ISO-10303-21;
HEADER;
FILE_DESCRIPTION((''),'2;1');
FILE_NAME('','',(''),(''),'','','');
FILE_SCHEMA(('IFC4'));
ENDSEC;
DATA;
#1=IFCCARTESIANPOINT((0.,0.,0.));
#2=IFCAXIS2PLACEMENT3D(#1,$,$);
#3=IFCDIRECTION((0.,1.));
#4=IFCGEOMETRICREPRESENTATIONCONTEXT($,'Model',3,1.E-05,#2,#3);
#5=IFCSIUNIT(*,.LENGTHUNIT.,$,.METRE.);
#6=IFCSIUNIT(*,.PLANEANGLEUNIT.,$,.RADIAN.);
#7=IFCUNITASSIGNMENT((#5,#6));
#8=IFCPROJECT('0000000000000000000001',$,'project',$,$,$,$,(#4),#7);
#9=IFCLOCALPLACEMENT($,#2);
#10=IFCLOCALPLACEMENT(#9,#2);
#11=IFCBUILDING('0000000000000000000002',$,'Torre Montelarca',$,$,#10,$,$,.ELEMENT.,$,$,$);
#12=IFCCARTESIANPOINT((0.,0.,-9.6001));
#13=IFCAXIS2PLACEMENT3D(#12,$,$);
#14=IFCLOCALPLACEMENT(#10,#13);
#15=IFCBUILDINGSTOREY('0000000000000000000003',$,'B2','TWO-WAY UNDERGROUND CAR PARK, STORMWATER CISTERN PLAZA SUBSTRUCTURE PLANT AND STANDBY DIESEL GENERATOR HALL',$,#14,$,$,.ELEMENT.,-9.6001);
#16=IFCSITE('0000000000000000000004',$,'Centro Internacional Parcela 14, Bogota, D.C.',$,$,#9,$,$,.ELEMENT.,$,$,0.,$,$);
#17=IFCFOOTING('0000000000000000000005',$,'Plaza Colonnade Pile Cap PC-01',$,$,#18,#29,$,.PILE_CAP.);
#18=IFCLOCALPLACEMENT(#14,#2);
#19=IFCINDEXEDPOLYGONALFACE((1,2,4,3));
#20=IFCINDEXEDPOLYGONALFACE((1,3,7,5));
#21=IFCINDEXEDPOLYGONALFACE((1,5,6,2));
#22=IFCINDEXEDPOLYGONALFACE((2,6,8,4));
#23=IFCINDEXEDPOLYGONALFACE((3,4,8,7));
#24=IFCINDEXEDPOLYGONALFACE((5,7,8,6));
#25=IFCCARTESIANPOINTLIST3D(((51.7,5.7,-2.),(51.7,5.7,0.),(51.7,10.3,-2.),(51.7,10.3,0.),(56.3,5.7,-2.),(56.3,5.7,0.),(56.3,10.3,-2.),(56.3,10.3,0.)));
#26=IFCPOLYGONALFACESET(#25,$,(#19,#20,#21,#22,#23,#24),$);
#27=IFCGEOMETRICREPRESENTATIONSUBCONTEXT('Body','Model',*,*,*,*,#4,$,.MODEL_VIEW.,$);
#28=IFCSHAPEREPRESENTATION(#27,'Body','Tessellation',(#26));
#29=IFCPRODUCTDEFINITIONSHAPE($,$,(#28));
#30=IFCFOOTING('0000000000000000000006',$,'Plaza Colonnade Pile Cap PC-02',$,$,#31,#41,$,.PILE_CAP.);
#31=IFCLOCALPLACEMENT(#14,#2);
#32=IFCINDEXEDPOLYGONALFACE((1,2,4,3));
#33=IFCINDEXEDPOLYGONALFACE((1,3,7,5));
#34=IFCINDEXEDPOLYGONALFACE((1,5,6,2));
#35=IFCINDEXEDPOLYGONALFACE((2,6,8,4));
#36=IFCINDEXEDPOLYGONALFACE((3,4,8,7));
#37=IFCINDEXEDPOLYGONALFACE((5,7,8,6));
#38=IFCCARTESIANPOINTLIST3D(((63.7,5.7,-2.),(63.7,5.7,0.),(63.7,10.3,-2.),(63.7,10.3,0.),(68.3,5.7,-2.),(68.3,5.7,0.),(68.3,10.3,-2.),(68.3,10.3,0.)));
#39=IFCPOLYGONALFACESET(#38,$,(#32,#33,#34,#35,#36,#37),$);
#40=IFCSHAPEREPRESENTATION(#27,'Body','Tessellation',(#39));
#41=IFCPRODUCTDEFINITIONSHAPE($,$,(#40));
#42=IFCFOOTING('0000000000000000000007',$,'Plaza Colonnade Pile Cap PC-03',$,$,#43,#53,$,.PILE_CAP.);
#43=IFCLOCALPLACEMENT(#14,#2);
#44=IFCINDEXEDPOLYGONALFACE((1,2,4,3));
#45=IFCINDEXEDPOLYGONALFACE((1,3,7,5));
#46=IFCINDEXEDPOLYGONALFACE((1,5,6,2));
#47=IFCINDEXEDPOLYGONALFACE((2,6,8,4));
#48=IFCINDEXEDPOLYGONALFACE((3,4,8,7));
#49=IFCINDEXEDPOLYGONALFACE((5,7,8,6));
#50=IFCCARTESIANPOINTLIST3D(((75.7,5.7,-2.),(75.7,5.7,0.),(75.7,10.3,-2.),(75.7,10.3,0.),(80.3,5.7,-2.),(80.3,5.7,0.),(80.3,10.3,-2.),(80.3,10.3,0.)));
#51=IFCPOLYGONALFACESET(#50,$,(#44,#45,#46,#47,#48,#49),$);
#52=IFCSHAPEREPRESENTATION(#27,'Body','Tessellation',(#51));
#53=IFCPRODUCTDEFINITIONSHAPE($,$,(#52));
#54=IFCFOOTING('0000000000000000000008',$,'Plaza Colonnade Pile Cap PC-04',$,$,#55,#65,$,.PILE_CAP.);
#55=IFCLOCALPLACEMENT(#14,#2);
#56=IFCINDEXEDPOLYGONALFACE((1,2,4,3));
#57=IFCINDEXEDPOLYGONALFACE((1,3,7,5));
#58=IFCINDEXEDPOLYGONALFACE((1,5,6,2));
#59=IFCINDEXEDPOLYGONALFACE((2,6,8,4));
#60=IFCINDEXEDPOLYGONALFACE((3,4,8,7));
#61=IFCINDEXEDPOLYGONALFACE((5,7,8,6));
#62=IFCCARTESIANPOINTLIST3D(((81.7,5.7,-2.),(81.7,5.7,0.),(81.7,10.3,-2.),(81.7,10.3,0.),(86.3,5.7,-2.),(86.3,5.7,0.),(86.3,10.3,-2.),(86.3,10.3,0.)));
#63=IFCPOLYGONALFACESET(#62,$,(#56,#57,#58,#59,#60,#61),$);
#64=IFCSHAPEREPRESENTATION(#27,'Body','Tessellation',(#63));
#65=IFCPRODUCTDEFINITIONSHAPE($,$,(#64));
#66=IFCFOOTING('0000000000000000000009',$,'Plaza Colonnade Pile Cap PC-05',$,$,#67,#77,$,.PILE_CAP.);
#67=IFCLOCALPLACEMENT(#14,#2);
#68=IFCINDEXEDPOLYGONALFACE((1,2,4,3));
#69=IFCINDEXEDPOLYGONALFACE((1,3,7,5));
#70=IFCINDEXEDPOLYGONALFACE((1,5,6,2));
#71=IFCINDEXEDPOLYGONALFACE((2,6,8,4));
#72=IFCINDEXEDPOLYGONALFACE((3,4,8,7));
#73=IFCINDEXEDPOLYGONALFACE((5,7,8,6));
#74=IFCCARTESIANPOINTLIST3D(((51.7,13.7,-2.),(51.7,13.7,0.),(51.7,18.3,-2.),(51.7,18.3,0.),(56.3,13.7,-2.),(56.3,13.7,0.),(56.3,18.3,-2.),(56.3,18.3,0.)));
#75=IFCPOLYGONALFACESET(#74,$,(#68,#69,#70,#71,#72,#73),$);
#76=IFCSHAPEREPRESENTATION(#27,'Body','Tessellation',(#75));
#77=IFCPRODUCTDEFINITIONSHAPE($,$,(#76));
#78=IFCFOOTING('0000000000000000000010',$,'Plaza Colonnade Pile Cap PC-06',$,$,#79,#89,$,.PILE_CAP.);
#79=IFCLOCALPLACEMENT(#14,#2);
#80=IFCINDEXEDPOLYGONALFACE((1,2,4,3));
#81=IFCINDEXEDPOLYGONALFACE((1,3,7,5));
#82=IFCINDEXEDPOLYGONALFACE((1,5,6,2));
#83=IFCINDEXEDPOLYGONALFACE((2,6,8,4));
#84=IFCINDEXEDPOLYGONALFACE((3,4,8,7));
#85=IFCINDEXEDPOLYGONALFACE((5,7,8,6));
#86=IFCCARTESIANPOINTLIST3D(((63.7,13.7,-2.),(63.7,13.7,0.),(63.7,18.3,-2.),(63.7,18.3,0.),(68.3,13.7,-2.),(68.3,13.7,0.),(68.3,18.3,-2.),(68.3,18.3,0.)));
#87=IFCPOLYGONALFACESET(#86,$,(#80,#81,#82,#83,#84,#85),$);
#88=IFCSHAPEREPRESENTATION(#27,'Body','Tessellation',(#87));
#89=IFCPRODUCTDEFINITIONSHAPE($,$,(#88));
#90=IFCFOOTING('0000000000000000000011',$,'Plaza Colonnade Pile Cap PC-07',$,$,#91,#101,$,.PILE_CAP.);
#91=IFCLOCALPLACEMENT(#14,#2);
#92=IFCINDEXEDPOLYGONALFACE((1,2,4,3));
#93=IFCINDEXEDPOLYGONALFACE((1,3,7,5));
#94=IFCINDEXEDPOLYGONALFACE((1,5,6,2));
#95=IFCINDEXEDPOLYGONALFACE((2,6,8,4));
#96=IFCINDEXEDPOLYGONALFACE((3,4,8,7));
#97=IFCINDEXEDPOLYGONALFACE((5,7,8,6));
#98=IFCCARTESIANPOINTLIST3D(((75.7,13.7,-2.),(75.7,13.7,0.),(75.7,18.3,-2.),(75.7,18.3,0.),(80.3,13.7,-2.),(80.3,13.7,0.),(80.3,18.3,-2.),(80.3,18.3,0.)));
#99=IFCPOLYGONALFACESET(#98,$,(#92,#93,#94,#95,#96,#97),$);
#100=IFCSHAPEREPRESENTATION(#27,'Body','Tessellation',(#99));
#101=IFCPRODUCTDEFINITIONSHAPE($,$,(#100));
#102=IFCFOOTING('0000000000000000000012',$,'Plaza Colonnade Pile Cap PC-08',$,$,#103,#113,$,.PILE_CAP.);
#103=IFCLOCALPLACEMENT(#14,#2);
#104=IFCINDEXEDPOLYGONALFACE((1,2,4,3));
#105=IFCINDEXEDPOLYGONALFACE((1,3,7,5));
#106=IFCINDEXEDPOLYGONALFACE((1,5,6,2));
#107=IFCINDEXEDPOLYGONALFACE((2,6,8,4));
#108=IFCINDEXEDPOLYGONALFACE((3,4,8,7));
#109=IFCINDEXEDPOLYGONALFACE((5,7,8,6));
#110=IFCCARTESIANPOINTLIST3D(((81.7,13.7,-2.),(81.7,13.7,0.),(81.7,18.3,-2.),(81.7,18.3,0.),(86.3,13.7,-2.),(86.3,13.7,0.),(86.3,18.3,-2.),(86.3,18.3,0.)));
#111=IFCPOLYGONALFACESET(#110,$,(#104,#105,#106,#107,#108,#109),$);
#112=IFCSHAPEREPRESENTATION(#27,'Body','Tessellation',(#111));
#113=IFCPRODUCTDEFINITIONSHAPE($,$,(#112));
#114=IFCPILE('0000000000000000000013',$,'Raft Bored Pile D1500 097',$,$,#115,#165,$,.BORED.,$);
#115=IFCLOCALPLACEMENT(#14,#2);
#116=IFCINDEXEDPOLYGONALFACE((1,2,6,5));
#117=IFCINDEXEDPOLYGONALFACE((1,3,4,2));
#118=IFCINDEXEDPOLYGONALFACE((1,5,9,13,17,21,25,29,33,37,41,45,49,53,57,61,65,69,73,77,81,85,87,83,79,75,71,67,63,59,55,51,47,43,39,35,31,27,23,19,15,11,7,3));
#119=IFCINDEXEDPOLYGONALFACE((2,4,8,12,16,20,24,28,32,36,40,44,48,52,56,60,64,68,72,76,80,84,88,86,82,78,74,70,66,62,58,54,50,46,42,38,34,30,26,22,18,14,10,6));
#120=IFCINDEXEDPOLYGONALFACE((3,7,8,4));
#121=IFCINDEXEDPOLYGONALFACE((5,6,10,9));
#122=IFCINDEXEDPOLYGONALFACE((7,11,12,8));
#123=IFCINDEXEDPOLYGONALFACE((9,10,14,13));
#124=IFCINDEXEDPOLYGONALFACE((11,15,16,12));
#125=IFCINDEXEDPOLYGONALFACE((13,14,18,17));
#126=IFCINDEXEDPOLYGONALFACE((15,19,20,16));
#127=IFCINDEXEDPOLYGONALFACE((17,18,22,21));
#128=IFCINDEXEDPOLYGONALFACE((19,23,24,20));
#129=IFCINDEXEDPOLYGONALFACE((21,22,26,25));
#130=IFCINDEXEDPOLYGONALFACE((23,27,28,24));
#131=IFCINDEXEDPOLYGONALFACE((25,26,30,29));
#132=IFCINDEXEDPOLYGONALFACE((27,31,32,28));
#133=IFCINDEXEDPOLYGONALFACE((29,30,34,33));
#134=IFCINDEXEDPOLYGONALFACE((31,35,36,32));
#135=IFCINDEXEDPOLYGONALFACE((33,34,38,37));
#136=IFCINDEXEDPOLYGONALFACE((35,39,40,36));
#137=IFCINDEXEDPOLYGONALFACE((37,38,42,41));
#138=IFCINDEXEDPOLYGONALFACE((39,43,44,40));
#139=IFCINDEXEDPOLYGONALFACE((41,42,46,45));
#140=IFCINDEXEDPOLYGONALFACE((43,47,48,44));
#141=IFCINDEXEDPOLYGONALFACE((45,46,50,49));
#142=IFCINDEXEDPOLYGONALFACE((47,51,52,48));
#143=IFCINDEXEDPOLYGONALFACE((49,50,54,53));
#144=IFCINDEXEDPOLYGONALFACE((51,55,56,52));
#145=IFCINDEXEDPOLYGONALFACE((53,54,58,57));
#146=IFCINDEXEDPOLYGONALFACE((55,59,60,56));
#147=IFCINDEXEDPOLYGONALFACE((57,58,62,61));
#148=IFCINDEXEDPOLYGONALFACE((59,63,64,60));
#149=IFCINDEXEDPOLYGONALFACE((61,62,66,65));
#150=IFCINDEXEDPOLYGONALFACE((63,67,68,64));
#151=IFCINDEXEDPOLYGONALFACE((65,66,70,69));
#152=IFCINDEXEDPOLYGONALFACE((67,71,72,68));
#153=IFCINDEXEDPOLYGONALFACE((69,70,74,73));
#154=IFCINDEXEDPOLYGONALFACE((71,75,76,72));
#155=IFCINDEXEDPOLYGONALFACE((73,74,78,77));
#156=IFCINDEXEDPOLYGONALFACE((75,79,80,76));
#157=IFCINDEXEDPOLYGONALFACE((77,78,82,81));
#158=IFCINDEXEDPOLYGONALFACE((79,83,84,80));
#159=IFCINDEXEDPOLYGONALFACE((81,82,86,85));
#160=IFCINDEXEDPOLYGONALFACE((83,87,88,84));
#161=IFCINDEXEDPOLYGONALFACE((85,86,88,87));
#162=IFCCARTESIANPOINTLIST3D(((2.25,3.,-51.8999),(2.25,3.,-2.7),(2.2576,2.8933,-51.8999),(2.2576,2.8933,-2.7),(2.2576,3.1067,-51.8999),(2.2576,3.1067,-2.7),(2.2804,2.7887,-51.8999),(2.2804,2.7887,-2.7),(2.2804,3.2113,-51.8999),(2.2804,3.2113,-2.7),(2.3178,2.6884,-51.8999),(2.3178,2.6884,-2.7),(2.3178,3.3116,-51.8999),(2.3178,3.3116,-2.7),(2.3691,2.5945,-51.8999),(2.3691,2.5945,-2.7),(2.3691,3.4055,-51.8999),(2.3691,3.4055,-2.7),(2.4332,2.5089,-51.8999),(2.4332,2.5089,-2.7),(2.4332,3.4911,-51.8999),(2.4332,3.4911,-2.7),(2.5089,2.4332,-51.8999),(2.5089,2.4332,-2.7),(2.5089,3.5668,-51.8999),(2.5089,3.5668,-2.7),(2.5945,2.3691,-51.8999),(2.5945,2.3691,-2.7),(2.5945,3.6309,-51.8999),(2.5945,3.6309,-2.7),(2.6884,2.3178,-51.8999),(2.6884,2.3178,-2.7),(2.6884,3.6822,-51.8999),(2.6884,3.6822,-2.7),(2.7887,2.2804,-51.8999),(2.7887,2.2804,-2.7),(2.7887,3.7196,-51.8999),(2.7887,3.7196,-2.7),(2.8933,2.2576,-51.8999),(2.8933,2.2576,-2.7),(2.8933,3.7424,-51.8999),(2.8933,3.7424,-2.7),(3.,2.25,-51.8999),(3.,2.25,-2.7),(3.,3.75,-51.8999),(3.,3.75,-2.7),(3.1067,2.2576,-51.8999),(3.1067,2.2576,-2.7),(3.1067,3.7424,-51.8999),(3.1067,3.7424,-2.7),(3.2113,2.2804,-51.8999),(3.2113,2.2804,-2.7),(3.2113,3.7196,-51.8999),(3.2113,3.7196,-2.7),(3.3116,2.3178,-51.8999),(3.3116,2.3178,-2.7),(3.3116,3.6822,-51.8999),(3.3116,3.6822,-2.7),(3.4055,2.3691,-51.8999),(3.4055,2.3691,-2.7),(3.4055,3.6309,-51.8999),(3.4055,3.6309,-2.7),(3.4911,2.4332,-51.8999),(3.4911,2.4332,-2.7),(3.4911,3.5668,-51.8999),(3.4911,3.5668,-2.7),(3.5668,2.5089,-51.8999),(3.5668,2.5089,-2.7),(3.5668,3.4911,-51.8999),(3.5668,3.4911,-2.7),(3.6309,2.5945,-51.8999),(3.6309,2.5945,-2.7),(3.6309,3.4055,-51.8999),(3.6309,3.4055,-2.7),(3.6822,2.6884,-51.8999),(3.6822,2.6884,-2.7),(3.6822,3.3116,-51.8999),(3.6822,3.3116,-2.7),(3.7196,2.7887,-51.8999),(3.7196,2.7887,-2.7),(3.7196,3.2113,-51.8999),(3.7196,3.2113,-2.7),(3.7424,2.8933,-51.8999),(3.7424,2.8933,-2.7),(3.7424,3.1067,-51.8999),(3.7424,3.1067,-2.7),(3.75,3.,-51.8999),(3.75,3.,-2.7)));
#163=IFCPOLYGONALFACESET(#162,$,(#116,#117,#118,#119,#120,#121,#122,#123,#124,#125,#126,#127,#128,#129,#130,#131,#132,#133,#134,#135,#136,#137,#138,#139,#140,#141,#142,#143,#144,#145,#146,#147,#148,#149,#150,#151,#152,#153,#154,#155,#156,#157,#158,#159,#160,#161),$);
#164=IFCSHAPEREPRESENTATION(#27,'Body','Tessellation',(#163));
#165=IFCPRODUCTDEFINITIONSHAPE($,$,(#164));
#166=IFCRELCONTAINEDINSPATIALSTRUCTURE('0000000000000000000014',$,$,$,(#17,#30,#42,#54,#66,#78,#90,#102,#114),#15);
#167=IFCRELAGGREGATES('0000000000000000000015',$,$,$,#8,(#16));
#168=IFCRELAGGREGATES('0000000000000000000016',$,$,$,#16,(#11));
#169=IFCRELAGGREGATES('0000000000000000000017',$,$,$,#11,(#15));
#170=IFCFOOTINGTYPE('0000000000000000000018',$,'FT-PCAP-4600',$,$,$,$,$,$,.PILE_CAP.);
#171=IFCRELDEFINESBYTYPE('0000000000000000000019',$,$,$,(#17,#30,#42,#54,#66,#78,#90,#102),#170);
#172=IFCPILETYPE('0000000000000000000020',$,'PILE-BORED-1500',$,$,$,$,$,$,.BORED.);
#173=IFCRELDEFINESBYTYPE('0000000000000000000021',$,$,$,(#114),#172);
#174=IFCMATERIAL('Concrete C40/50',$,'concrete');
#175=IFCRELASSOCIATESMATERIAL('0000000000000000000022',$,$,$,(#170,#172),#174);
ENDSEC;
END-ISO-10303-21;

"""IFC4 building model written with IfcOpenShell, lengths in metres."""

from ifc_helpers import new_model, si_unit, direction, frame, origin, origin_2d, place, context, subcontext, project, spatial, polyline, circle, outline, extrude, source, transform, mapped, material, material_profile, profile_set, type_object, element, save


model = new_model("IFC4")

# Units and contexts
model_context = context("Model", 3, precision=1e-05, world=origin(), true_north=direction((0.0, 1.0)))
body_context = subcontext(model_context, "Body", "Model", "MODEL_VIEW")
ifc_project = project(units=[si_unit("LENGTHUNIT", "METRE"), si_unit("PLANEANGLEUNIT", "RADIAN")], contexts=[model_context])

# Site, building, storey
site_placement = place(None, origin())
site = spatial("IfcSite", under=ifc_project, at=site_placement, Name="Centro Internacional Parcela 14, Bogota, D.C.", CompositionType="ELEMENT", RefElevation=0.0)
building_placement = place(site_placement, origin())
building = spatial("IfcBuilding", under=site, at=building_placement, Name="Torre Montelarca", CompositionType="ELEMENT")
storey_placement = place(building_placement, frame((0.0, 0.0, -9.6001)))
storey = spatial("IfcBuildingStorey", under=building, at=storey_placement, Name="B2", Description="TWO-WAY UNDERGROUND CAR PARK, STORMWATER CISTERN PLAZA SUBSTRUCTURE PLANT AND STANDBY DIESEL GENERATOR HALL", CompositionType="ELEMENT", Elevation=-9.6001)

# Footings
ifc_material_1 = material(Name="Concrete C40/50", Category="concrete")
footing_type = type_object("IfcFootingType", Name="FT-PCAP-4600", PredefinedType="PILE_CAP", material=ifc_material_1)
footing_1_placement = place(storey_placement, frame((0.0, 0.0, -2.0)))
element("IfcFooting", 1, at=footing_1_placement, inside=storey, type_object=footing_type, Name="Plaza Colonnade Pile Cap PC-01", PredefinedType="PILE_CAP", context=body_context, shape_type="SweptSolid", body=[
    extrude(outline(polyline([(51.7, 5.7), (56.3, 5.7), (56.3, 10.3), (51.7, 10.3), (51.7, 5.7)])), origin(), (0.0, 0.0, 1.0), 2.0),
])
footing_2_placement = place(storey_placement, frame((0.0, 0.0, -2.0)))
element("IfcFooting", 2, at=footing_2_placement, inside=storey, type_object=footing_type, Name="Plaza Colonnade Pile Cap PC-02", PredefinedType="PILE_CAP", context=body_context, shape_type="SweptSolid", body=[
    extrude(outline(polyline([(63.7, 5.7), (68.3, 5.7), (68.3, 10.3), (63.7, 10.3), (63.7, 5.7)])), origin(), (0.0, 0.0, 1.0), 2.0),
])
footing_3_placement = place(storey_placement, frame((0.0, 0.0, -2.0)))
element("IfcFooting", 3, at=footing_3_placement, inside=storey, type_object=footing_type, Name="Plaza Colonnade Pile Cap PC-03", PredefinedType="PILE_CAP", context=body_context, shape_type="SweptSolid", body=[
    extrude(outline(polyline([(75.7, 5.7), (80.3, 5.7), (80.3, 10.3), (75.7, 10.3), (75.7, 5.7)])), origin(), (0.0, 0.0, 1.0), 2.0),
])
footing_4_placement = place(storey_placement, frame((0.0, 0.0, -2.0)))
element("IfcFooting", 4, at=footing_4_placement, inside=storey, type_object=footing_type, Name="Plaza Colonnade Pile Cap PC-04", PredefinedType="PILE_CAP", context=body_context, shape_type="SweptSolid", body=[
    extrude(outline(polyline([(81.7, 5.7), (86.3, 5.7), (86.3, 10.3), (81.7, 10.3), (81.7, 5.7)])), origin(), (0.0, 0.0, 1.0), 2.0),
])
footing_5_placement = place(storey_placement, frame((0.0, 0.0, -2.0)))
element("IfcFooting", 5, at=footing_5_placement, inside=storey, type_object=footing_type, Name="Plaza Colonnade Pile Cap PC-05", PredefinedType="PILE_CAP", context=body_context, shape_type="SweptSolid", body=[
    extrude(outline(polyline([(51.7, 13.7), (56.3, 13.7), (56.3, 18.3), (51.7, 18.3), (51.7, 13.7)])), origin(), (0.0, 0.0, 1.0), 2.0),
])
footing_6_placement = place(storey_placement, frame((0.0, 0.0, -2.0)))
element("IfcFooting", 6, at=footing_6_placement, inside=storey, type_object=footing_type, Name="Plaza Colonnade Pile Cap PC-06", PredefinedType="PILE_CAP", context=body_context, shape_type="SweptSolid", body=[
    extrude(outline(polyline([(63.7, 13.7), (68.3, 13.7), (68.3, 18.3), (63.7, 18.3), (63.7, 13.7)])), origin(), (0.0, 0.0, 1.0), 2.0),
])
footing_7_placement = place(storey_placement, frame((0.0, 0.0, -2.0)))
element("IfcFooting", 7, at=footing_7_placement, inside=storey, type_object=footing_type, Name="Plaza Colonnade Pile Cap PC-07", PredefinedType="PILE_CAP", context=body_context, shape_type="SweptSolid", body=[
    extrude(outline(polyline([(75.7, 13.7), (80.3, 13.7), (80.3, 18.3), (75.7, 18.3), (75.7, 13.7)])), origin(), (0.0, 0.0, 1.0), 2.0),
])
footing_8_placement = place(storey_placement, frame((0.0, 0.0, -2.0)))
element("IfcFooting", 8, at=footing_8_placement, inside=storey, type_object=footing_type, Name="Plaza Colonnade Pile Cap PC-08", PredefinedType="PILE_CAP", context=body_context, shape_type="SweptSolid", body=[
    extrude(outline(polyline([(81.7, 13.7), (86.3, 13.7), (86.3, 18.3), (81.7, 18.3), (81.7, 13.7)])), origin(), (0.0, 0.0, 1.0), 2.0),
])

# Pile
ifc_material_profile_1 = material_profile(ifc_material_1, circle(Radius=0.75, at=origin_2d()), Name="PILE-D1500", Category="concrete")
ifc_profile_set_1 = profile_set([ifc_material_profile_1], Name="Concrete C40/50")
pile_type = type_object("IfcPileType", Name="PILE-BORED-1500", PredefinedType="BORED", material=ifc_profile_set_1)
shared_shape_1 = source(origin(), body_context, "Body", "SweptSolid", [
    extrude(circle(Radius=0.75, at=origin_2d()), origin(), (0.0, 0.0, 1.0), 49.2),
])
for number, where, z_axis, x_axis, name in (
    (9, (3.0, 3.0, -2.7), (0.0, 0.0, -1.0), (1.0, 0.0, 0.0), "Raft Bored Pile D1500 097"),
):
    element("IfcPile", number, at=place(storey_placement, frame(where, z_axis=z_axis, x_axis=x_axis)), inside=storey, type_object=pile_type, Name=name, PredefinedType="BORED", context=body_context, shape_type="MappedRepresentation", body=[
        mapped(shared_shape_1, transform((0.0, 0.0, 0.0), scale=1.0)),
    ])

save(model, "model.ifc")
